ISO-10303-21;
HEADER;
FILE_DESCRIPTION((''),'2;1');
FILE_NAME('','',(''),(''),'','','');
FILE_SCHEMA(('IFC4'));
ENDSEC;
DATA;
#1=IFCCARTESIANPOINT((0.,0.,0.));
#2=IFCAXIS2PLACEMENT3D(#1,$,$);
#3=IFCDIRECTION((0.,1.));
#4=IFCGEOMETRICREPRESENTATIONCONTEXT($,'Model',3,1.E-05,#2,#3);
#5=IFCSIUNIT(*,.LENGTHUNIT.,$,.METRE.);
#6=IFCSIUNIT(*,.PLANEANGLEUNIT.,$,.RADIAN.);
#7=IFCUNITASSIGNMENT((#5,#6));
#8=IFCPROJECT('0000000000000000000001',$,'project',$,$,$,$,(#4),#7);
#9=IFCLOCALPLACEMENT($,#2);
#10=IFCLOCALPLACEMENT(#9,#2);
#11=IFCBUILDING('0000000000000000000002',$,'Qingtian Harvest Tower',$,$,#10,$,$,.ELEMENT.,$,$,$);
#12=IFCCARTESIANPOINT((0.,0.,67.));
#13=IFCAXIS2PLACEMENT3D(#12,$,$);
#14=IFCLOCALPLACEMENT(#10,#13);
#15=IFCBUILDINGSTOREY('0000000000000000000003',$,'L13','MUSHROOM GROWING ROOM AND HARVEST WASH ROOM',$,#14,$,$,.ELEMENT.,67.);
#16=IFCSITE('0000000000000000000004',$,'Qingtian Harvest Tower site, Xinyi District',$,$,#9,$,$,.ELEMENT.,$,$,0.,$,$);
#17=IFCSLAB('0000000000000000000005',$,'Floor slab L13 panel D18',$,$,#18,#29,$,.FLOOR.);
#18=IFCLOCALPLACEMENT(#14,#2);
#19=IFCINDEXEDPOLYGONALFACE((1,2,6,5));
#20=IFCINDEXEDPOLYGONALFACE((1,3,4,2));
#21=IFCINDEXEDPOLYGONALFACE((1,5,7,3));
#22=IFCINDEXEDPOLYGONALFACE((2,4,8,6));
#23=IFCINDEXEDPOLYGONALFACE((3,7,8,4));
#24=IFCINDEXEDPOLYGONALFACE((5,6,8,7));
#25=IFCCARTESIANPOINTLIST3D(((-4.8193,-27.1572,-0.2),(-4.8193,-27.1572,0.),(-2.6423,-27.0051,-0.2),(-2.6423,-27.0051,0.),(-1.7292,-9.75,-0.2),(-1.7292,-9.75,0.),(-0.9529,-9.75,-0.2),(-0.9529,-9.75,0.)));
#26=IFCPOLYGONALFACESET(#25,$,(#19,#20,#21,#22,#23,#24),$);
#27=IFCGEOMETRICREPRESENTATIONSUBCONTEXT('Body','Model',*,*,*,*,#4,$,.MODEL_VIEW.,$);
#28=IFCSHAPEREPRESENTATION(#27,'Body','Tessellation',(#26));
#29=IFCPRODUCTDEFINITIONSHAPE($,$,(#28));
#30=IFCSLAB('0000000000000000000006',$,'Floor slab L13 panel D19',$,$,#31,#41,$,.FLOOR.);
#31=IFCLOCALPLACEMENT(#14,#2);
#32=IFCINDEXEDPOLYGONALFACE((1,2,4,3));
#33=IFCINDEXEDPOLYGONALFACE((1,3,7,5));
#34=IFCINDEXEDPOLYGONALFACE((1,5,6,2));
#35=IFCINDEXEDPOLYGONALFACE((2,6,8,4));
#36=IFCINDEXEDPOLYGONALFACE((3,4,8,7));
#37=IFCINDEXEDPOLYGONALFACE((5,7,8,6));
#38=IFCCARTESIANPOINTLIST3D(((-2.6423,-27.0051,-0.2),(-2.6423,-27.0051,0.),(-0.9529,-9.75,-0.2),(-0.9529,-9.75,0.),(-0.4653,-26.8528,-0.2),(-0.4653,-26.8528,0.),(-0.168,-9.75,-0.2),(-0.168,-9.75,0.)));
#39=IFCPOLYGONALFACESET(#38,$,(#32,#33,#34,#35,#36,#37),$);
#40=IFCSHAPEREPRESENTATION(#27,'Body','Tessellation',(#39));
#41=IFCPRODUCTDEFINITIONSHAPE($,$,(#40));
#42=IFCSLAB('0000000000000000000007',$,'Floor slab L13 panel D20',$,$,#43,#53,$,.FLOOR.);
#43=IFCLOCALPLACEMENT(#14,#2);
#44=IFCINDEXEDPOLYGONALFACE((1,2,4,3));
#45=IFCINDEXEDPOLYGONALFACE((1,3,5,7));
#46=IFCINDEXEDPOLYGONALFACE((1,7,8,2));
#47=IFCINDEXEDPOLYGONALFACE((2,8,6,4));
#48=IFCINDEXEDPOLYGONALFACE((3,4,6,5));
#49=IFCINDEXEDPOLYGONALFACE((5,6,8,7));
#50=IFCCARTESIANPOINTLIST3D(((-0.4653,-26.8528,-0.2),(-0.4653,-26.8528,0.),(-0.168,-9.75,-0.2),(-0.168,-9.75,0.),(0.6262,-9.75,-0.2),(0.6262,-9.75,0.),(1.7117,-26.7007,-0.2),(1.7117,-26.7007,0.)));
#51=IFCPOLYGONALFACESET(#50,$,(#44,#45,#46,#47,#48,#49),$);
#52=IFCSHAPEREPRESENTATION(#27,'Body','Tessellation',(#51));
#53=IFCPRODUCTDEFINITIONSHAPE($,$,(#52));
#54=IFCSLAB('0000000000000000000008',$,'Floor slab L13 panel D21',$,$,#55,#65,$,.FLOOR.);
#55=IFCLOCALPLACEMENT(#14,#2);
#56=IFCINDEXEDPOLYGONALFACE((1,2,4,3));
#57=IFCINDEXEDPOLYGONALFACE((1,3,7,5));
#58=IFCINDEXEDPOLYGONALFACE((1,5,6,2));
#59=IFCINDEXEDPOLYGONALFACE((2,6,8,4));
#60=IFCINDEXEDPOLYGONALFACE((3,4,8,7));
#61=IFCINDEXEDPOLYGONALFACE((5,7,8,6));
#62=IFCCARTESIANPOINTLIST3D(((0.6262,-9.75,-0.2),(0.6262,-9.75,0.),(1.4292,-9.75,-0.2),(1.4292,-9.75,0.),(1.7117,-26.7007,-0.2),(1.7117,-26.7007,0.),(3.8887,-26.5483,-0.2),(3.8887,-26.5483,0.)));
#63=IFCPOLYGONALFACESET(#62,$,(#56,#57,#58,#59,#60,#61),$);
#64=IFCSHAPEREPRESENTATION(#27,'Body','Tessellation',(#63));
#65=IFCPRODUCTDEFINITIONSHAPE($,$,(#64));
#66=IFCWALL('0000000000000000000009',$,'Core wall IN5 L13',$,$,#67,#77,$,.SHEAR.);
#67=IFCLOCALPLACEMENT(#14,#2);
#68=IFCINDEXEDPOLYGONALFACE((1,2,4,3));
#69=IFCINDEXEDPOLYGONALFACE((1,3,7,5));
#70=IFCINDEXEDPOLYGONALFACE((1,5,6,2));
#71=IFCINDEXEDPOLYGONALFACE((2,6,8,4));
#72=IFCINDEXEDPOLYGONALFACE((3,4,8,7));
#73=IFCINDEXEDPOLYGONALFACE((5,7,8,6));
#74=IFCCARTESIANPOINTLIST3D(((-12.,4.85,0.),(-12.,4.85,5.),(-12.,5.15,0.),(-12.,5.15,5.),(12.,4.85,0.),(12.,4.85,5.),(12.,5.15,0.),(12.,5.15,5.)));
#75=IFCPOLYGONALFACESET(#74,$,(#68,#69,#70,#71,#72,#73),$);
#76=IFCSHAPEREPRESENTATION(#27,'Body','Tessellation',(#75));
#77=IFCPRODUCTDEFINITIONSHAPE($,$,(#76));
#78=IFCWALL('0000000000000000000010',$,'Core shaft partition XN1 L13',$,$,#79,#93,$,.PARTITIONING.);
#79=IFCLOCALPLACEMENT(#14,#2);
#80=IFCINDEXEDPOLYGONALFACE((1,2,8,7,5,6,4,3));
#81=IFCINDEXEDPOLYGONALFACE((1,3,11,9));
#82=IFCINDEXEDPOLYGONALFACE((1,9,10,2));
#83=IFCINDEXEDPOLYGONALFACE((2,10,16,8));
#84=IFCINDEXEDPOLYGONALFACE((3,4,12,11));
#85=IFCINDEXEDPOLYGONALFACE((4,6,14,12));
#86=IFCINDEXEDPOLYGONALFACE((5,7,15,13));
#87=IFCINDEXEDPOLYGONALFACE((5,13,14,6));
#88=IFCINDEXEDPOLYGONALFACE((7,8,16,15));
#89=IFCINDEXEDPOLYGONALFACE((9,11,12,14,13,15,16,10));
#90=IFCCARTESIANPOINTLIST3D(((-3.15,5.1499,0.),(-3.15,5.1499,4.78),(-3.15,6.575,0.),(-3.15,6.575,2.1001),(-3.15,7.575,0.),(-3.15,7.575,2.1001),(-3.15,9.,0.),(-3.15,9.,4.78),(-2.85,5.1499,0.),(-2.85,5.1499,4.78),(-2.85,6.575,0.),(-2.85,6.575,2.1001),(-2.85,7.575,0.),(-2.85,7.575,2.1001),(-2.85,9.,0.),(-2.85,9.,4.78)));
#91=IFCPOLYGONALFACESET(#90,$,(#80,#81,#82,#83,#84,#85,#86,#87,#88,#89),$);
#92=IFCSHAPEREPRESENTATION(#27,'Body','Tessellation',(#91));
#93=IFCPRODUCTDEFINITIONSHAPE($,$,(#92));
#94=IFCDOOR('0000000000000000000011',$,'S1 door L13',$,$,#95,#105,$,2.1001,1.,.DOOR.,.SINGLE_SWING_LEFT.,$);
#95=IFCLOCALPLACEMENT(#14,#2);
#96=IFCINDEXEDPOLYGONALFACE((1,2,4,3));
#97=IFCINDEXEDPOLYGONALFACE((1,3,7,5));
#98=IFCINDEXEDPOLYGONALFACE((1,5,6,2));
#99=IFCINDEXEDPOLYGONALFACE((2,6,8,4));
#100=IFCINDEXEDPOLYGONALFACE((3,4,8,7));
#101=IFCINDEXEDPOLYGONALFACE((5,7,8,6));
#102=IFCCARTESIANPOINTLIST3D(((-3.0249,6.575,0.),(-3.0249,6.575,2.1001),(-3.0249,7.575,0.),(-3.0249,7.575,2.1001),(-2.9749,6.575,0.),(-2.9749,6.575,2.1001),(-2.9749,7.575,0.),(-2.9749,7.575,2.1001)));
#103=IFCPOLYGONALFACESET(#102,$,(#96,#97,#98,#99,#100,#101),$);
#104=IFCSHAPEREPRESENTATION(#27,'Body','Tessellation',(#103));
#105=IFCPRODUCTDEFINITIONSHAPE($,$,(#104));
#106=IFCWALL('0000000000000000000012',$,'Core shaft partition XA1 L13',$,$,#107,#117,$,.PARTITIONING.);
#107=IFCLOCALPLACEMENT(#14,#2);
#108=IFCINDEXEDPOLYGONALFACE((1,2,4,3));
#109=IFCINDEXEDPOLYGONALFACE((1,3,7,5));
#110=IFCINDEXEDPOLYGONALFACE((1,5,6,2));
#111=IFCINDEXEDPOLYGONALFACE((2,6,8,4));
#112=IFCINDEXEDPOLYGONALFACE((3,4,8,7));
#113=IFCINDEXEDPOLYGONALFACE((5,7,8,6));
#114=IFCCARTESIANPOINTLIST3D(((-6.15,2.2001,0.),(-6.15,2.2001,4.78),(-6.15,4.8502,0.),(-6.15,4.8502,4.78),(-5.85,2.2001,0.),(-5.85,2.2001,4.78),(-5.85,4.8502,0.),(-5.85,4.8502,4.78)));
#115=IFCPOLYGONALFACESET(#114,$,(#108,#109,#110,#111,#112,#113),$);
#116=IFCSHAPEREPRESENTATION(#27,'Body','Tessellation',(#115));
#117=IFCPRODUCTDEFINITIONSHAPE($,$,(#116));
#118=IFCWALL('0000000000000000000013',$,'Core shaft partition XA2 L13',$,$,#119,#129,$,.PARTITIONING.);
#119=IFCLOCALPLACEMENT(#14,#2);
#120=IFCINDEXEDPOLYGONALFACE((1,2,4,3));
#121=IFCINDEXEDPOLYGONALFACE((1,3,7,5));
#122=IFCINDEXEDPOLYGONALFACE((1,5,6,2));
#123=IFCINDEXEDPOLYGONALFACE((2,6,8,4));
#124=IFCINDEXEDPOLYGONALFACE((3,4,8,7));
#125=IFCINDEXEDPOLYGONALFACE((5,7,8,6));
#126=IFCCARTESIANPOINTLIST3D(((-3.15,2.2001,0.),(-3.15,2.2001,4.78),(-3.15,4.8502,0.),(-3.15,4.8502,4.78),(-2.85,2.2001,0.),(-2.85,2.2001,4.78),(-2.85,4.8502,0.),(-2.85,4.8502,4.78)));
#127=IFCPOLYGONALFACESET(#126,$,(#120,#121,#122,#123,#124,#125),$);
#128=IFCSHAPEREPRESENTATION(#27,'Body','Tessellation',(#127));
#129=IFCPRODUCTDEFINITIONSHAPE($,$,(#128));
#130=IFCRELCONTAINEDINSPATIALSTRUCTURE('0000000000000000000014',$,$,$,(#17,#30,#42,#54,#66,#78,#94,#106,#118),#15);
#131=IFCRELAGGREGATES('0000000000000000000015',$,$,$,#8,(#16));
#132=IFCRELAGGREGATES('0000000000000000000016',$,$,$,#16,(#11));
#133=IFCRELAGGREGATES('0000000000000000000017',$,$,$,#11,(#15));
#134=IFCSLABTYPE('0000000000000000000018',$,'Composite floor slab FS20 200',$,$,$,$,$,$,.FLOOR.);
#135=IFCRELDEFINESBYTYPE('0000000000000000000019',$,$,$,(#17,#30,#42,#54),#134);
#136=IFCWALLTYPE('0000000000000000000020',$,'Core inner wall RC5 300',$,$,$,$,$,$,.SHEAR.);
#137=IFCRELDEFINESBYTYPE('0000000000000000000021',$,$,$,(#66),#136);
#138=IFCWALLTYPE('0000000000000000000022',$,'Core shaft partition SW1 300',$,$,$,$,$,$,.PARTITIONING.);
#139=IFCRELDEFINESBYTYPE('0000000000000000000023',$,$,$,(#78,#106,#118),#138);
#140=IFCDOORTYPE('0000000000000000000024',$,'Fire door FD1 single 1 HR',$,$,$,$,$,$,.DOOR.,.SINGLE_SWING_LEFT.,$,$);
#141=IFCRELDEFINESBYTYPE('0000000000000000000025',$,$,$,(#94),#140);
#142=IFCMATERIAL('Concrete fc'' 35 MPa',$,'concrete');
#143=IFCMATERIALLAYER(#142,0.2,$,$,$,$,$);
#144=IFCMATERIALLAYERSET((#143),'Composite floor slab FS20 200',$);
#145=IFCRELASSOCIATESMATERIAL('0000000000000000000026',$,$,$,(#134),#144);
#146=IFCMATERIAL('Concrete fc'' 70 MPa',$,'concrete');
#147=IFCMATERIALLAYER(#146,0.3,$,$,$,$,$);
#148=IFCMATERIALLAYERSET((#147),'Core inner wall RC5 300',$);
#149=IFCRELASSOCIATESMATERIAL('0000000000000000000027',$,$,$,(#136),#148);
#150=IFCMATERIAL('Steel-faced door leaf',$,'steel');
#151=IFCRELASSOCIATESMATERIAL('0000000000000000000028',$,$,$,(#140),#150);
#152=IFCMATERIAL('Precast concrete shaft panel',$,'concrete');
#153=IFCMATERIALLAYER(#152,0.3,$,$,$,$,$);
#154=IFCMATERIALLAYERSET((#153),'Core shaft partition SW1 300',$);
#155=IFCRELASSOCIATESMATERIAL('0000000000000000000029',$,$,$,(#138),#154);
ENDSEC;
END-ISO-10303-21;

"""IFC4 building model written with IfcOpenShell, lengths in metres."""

from ifc_helpers import new_model, si_unit, direction, frame, frame_2d, origin, place, context, subcontext, project, spatial, polyline, rectangle, outline, extrude, material, layer, layer_set, type_object, element, fill, save


model = new_model("IFC4")

# Units and contexts
model_context = context("Model", 3, precision=1e-05, world=origin(), true_north=direction((0.0, 1.0)))
body_context = subcontext(model_context, "Body", "Model", "MODEL_VIEW")
ifc_project = project(units=[si_unit("LENGTHUNIT", "METRE"), si_unit("PLANEANGLEUNIT", "RADIAN")], contexts=[model_context])

# Site, building, storey
site_placement = place(None, origin())
site = spatial("IfcSite", under=ifc_project, at=site_placement, Name="Qingtian Harvest Tower site, Xinyi District", CompositionType="ELEMENT", RefElevation=0.0)
building_placement = place(site_placement, origin())
building = spatial("IfcBuilding", under=site, at=building_placement, Name="Qingtian Harvest Tower", CompositionType="ELEMENT")
storey_placement = place(building_placement, frame((0.0, 0.0, 67.0)))
storey = spatial("IfcBuildingStorey", under=building, at=storey_placement, Name="L13", Description="MUSHROOM GROWING ROOM AND HARVEST WASH ROOM", CompositionType="ELEMENT", Elevation=67.0)

# Slabs
ifc_material_1 = material(Name="Concrete fc' 35 MPa", Category="concrete")
ifc_layer_1 = layer(ifc_material_1, 0.2)
ifc_layer_set_1 = layer_set([ifc_layer_1], Name="Composite floor slab FS20 200")
slab_type = type_object("IfcSlabType", Name="Composite floor slab FS20 200", PredefinedType="FLOOR", material=ifc_layer_set_1)
slab_1_placement = place(storey_placement, frame((0.0, 0.0, -0.2)))
element("IfcSlab", 1, at=slab_1_placement, inside=storey, type_object=slab_type, Name="Floor slab L13 panel D18", PredefinedType="FLOOR", context=body_context, shape_type="SweptSolid", body=[
    extrude(outline(polyline([(-0.9529, -9.75), (-2.6423, -27.0051), (-4.8193, -27.1572), (-1.7292, -9.75), (-0.9529, -9.75)])), origin(), (0.0, 0.0, 1.0), 0.2),
])
slab_2_placement = place(storey_placement, frame((0.0, 0.0, -0.2)))
element("IfcSlab", 2, at=slab_2_placement, inside=storey, type_object=slab_type, Name="Floor slab L13 panel D19", PredefinedType="FLOOR", context=body_context, shape_type="SweptSolid", body=[
    extrude(outline(polyline([(-0.168, -9.75), (-0.4653, -26.8528), (-2.6423, -27.0051), (-0.9529, -9.75), (-0.168, -9.75)])), origin(), (0.0, 0.0, 1.0), 0.2),
])
slab_3_placement = place(storey_placement, frame((0.0, 0.0, -0.2)))
element("IfcSlab", 3, at=slab_3_placement, inside=storey, type_object=slab_type, Name="Floor slab L13 panel D20", PredefinedType="FLOOR", context=body_context, shape_type="SweptSolid", body=[
    extrude(outline(polyline([(0.6262, -9.75), (1.7117, -26.7007), (-0.4653, -26.8528), (-0.168, -9.75), (0.6262, -9.75)])), origin(), (0.0, 0.0, 1.0), 0.2),
])
slab_4_placement = place(storey_placement, frame((0.0, 0.0, -0.2)))
element("IfcSlab", 4, at=slab_4_placement, inside=storey, type_object=slab_type, Name="Floor slab L13 panel D21", PredefinedType="FLOOR", context=body_context, shape_type="SweptSolid", body=[
    extrude(outline(polyline([(1.4292, -9.75), (3.8887, -26.5483), (1.7117, -26.7007), (0.6262, -9.75), (1.4292, -9.75)])), origin(), (0.0, 0.0, 1.0), 0.2),
])

# Wall
ifc_material_2 = material(Name="Concrete fc' 70 MPa", Category="concrete")
ifc_layer_2 = layer(ifc_material_2, 0.3)
ifc_layer_set_2 = layer_set([ifc_layer_2], Name="Core inner wall RC5 300")
wall_type_1 = type_object("IfcWallType", Name="Core inner wall RC5 300", PredefinedType="SHEAR", material=ifc_layer_set_2)
wall_1_placement = place(storey_placement, frame((-12.0, 5.0, 0.0), z_axis=(0.0, 0.0, 1.0), x_axis=(1.0, 0.0, 0.0)))
element("IfcWall", 5, at=wall_1_placement, inside=storey, type_object=wall_type_1, Name="Core wall IN5 L13", PredefinedType="SHEAR", context=body_context, shape_type="SweptSolid", body=[
    extrude(rectangle(XDim=24.0, YDim=0.3, at=frame_2d((12.0, 0.0))), origin(), (0.0, 0.0, 1.0), 5.0),
])

# Shared definitions
ifc_material_3 = material(Name="Steel-faced door leaf", Category="steel")
door_type_1 = type_object("IfcDoorType", Name="Fire door FD1 single 1 HR", OperationType="SINGLE_SWING_LEFT", PredefinedType="DOOR", material=ifc_material_3)

# Wall, opening, door
ifc_material_4 = material(Name="Precast concrete shaft panel", Category="concrete")
ifc_layer_3 = layer(ifc_material_4, 0.3)
ifc_layer_set_3 = layer_set([ifc_layer_3], Name="Core shaft partition SW1 300")
wall_type_2 = type_object("IfcWallType", Name="Core shaft partition SW1 300", PredefinedType="PARTITIONING", material=ifc_layer_set_3)
wall_2_placement = place(storey_placement, frame((-3.0, 5.1499, 0.0), z_axis=(0.0, 0.0, 1.0), x_axis=(0.0, 1.0, 0.0)))
wall_2 = element("IfcWall", 6, at=wall_2_placement, inside=storey, type_object=wall_type_2, Name="Core shaft partition XN1 L13", PredefinedType="PARTITIONING", context=body_context, shape_type="SweptSolid", body=[
    extrude(rectangle(XDim=3.8501, YDim=0.3, at=frame_2d((1.925, 0.0))), origin(), (0.0, 0.0, 1.0), 4.78),
])
opening_1_placement = place(wall_2_placement, frame((1.425, 0.0, 0.0)))
opening_1 = element("IfcOpeningElement", 7, at=opening_1_placement, cuts=wall_2, PredefinedType="OPENING", context=body_context, shape_type="SweptSolid", body=[
    extrude(rectangle(XDim=1.0, YDim=2.1001, at=frame_2d((0.5, 1.05))), frame((0.0, 0.1599, 0.0), z_axis=(0.0, -1.0, 0.0), x_axis=(1.0, 0.0, 0.0)), (0.0, 0.0, 1.0), 0.3201),
])
door_1_placement = place(opening_1_placement, origin())
door_1 = element("IfcDoor", 8, at=door_1_placement, inside=storey, type_object=door_type_1, Name="S1 door L13", OperationType="SINGLE_SWING_LEFT", OverallHeight=2.1001, OverallWidth=1.0, PredefinedType="DOOR", context=body_context, shape_type="SweptSolid", body=[
    extrude(rectangle(XDim=1.0, YDim=2.1001, at=frame_2d((0.5, 1.05))), frame((0.0, 0.0249, 0.0), z_axis=(0.0, -1.0, 0.0), x_axis=(1.0, 0.0, 0.0)), (0.0, 0.0, 1.0), 0.05),
])
fill(opening_1, door_1)

# Walls
for number, where, z_axis, x_axis, name in (
    (9, (-6.0, 2.2, 0.0), (0.0, 0.0, 1.0), (0.0, 1.0, 0.0), "Core shaft partition XA1 L13"),
    (10, (-3.0, 2.2, 0.0), (0.0, 0.0, 1.0), (0.0, 1.0, 0.0), "Core shaft partition XA2 L13"),
):
    element("IfcWall", number, at=place(storey_placement, frame(where, z_axis=z_axis, x_axis=x_axis)), inside=storey, type_object=wall_type_2, Name=name, PredefinedType="PARTITIONING", context=body_context, shape_type="SweptSolid", body=[
        extrude(rectangle(XDim=2.6501, YDim=0.3, at=frame_2d((1.3252, 0.0))), origin(), (0.0, 0.0, 1.0), 4.78),
    ])

save(model, "model.ifc")
